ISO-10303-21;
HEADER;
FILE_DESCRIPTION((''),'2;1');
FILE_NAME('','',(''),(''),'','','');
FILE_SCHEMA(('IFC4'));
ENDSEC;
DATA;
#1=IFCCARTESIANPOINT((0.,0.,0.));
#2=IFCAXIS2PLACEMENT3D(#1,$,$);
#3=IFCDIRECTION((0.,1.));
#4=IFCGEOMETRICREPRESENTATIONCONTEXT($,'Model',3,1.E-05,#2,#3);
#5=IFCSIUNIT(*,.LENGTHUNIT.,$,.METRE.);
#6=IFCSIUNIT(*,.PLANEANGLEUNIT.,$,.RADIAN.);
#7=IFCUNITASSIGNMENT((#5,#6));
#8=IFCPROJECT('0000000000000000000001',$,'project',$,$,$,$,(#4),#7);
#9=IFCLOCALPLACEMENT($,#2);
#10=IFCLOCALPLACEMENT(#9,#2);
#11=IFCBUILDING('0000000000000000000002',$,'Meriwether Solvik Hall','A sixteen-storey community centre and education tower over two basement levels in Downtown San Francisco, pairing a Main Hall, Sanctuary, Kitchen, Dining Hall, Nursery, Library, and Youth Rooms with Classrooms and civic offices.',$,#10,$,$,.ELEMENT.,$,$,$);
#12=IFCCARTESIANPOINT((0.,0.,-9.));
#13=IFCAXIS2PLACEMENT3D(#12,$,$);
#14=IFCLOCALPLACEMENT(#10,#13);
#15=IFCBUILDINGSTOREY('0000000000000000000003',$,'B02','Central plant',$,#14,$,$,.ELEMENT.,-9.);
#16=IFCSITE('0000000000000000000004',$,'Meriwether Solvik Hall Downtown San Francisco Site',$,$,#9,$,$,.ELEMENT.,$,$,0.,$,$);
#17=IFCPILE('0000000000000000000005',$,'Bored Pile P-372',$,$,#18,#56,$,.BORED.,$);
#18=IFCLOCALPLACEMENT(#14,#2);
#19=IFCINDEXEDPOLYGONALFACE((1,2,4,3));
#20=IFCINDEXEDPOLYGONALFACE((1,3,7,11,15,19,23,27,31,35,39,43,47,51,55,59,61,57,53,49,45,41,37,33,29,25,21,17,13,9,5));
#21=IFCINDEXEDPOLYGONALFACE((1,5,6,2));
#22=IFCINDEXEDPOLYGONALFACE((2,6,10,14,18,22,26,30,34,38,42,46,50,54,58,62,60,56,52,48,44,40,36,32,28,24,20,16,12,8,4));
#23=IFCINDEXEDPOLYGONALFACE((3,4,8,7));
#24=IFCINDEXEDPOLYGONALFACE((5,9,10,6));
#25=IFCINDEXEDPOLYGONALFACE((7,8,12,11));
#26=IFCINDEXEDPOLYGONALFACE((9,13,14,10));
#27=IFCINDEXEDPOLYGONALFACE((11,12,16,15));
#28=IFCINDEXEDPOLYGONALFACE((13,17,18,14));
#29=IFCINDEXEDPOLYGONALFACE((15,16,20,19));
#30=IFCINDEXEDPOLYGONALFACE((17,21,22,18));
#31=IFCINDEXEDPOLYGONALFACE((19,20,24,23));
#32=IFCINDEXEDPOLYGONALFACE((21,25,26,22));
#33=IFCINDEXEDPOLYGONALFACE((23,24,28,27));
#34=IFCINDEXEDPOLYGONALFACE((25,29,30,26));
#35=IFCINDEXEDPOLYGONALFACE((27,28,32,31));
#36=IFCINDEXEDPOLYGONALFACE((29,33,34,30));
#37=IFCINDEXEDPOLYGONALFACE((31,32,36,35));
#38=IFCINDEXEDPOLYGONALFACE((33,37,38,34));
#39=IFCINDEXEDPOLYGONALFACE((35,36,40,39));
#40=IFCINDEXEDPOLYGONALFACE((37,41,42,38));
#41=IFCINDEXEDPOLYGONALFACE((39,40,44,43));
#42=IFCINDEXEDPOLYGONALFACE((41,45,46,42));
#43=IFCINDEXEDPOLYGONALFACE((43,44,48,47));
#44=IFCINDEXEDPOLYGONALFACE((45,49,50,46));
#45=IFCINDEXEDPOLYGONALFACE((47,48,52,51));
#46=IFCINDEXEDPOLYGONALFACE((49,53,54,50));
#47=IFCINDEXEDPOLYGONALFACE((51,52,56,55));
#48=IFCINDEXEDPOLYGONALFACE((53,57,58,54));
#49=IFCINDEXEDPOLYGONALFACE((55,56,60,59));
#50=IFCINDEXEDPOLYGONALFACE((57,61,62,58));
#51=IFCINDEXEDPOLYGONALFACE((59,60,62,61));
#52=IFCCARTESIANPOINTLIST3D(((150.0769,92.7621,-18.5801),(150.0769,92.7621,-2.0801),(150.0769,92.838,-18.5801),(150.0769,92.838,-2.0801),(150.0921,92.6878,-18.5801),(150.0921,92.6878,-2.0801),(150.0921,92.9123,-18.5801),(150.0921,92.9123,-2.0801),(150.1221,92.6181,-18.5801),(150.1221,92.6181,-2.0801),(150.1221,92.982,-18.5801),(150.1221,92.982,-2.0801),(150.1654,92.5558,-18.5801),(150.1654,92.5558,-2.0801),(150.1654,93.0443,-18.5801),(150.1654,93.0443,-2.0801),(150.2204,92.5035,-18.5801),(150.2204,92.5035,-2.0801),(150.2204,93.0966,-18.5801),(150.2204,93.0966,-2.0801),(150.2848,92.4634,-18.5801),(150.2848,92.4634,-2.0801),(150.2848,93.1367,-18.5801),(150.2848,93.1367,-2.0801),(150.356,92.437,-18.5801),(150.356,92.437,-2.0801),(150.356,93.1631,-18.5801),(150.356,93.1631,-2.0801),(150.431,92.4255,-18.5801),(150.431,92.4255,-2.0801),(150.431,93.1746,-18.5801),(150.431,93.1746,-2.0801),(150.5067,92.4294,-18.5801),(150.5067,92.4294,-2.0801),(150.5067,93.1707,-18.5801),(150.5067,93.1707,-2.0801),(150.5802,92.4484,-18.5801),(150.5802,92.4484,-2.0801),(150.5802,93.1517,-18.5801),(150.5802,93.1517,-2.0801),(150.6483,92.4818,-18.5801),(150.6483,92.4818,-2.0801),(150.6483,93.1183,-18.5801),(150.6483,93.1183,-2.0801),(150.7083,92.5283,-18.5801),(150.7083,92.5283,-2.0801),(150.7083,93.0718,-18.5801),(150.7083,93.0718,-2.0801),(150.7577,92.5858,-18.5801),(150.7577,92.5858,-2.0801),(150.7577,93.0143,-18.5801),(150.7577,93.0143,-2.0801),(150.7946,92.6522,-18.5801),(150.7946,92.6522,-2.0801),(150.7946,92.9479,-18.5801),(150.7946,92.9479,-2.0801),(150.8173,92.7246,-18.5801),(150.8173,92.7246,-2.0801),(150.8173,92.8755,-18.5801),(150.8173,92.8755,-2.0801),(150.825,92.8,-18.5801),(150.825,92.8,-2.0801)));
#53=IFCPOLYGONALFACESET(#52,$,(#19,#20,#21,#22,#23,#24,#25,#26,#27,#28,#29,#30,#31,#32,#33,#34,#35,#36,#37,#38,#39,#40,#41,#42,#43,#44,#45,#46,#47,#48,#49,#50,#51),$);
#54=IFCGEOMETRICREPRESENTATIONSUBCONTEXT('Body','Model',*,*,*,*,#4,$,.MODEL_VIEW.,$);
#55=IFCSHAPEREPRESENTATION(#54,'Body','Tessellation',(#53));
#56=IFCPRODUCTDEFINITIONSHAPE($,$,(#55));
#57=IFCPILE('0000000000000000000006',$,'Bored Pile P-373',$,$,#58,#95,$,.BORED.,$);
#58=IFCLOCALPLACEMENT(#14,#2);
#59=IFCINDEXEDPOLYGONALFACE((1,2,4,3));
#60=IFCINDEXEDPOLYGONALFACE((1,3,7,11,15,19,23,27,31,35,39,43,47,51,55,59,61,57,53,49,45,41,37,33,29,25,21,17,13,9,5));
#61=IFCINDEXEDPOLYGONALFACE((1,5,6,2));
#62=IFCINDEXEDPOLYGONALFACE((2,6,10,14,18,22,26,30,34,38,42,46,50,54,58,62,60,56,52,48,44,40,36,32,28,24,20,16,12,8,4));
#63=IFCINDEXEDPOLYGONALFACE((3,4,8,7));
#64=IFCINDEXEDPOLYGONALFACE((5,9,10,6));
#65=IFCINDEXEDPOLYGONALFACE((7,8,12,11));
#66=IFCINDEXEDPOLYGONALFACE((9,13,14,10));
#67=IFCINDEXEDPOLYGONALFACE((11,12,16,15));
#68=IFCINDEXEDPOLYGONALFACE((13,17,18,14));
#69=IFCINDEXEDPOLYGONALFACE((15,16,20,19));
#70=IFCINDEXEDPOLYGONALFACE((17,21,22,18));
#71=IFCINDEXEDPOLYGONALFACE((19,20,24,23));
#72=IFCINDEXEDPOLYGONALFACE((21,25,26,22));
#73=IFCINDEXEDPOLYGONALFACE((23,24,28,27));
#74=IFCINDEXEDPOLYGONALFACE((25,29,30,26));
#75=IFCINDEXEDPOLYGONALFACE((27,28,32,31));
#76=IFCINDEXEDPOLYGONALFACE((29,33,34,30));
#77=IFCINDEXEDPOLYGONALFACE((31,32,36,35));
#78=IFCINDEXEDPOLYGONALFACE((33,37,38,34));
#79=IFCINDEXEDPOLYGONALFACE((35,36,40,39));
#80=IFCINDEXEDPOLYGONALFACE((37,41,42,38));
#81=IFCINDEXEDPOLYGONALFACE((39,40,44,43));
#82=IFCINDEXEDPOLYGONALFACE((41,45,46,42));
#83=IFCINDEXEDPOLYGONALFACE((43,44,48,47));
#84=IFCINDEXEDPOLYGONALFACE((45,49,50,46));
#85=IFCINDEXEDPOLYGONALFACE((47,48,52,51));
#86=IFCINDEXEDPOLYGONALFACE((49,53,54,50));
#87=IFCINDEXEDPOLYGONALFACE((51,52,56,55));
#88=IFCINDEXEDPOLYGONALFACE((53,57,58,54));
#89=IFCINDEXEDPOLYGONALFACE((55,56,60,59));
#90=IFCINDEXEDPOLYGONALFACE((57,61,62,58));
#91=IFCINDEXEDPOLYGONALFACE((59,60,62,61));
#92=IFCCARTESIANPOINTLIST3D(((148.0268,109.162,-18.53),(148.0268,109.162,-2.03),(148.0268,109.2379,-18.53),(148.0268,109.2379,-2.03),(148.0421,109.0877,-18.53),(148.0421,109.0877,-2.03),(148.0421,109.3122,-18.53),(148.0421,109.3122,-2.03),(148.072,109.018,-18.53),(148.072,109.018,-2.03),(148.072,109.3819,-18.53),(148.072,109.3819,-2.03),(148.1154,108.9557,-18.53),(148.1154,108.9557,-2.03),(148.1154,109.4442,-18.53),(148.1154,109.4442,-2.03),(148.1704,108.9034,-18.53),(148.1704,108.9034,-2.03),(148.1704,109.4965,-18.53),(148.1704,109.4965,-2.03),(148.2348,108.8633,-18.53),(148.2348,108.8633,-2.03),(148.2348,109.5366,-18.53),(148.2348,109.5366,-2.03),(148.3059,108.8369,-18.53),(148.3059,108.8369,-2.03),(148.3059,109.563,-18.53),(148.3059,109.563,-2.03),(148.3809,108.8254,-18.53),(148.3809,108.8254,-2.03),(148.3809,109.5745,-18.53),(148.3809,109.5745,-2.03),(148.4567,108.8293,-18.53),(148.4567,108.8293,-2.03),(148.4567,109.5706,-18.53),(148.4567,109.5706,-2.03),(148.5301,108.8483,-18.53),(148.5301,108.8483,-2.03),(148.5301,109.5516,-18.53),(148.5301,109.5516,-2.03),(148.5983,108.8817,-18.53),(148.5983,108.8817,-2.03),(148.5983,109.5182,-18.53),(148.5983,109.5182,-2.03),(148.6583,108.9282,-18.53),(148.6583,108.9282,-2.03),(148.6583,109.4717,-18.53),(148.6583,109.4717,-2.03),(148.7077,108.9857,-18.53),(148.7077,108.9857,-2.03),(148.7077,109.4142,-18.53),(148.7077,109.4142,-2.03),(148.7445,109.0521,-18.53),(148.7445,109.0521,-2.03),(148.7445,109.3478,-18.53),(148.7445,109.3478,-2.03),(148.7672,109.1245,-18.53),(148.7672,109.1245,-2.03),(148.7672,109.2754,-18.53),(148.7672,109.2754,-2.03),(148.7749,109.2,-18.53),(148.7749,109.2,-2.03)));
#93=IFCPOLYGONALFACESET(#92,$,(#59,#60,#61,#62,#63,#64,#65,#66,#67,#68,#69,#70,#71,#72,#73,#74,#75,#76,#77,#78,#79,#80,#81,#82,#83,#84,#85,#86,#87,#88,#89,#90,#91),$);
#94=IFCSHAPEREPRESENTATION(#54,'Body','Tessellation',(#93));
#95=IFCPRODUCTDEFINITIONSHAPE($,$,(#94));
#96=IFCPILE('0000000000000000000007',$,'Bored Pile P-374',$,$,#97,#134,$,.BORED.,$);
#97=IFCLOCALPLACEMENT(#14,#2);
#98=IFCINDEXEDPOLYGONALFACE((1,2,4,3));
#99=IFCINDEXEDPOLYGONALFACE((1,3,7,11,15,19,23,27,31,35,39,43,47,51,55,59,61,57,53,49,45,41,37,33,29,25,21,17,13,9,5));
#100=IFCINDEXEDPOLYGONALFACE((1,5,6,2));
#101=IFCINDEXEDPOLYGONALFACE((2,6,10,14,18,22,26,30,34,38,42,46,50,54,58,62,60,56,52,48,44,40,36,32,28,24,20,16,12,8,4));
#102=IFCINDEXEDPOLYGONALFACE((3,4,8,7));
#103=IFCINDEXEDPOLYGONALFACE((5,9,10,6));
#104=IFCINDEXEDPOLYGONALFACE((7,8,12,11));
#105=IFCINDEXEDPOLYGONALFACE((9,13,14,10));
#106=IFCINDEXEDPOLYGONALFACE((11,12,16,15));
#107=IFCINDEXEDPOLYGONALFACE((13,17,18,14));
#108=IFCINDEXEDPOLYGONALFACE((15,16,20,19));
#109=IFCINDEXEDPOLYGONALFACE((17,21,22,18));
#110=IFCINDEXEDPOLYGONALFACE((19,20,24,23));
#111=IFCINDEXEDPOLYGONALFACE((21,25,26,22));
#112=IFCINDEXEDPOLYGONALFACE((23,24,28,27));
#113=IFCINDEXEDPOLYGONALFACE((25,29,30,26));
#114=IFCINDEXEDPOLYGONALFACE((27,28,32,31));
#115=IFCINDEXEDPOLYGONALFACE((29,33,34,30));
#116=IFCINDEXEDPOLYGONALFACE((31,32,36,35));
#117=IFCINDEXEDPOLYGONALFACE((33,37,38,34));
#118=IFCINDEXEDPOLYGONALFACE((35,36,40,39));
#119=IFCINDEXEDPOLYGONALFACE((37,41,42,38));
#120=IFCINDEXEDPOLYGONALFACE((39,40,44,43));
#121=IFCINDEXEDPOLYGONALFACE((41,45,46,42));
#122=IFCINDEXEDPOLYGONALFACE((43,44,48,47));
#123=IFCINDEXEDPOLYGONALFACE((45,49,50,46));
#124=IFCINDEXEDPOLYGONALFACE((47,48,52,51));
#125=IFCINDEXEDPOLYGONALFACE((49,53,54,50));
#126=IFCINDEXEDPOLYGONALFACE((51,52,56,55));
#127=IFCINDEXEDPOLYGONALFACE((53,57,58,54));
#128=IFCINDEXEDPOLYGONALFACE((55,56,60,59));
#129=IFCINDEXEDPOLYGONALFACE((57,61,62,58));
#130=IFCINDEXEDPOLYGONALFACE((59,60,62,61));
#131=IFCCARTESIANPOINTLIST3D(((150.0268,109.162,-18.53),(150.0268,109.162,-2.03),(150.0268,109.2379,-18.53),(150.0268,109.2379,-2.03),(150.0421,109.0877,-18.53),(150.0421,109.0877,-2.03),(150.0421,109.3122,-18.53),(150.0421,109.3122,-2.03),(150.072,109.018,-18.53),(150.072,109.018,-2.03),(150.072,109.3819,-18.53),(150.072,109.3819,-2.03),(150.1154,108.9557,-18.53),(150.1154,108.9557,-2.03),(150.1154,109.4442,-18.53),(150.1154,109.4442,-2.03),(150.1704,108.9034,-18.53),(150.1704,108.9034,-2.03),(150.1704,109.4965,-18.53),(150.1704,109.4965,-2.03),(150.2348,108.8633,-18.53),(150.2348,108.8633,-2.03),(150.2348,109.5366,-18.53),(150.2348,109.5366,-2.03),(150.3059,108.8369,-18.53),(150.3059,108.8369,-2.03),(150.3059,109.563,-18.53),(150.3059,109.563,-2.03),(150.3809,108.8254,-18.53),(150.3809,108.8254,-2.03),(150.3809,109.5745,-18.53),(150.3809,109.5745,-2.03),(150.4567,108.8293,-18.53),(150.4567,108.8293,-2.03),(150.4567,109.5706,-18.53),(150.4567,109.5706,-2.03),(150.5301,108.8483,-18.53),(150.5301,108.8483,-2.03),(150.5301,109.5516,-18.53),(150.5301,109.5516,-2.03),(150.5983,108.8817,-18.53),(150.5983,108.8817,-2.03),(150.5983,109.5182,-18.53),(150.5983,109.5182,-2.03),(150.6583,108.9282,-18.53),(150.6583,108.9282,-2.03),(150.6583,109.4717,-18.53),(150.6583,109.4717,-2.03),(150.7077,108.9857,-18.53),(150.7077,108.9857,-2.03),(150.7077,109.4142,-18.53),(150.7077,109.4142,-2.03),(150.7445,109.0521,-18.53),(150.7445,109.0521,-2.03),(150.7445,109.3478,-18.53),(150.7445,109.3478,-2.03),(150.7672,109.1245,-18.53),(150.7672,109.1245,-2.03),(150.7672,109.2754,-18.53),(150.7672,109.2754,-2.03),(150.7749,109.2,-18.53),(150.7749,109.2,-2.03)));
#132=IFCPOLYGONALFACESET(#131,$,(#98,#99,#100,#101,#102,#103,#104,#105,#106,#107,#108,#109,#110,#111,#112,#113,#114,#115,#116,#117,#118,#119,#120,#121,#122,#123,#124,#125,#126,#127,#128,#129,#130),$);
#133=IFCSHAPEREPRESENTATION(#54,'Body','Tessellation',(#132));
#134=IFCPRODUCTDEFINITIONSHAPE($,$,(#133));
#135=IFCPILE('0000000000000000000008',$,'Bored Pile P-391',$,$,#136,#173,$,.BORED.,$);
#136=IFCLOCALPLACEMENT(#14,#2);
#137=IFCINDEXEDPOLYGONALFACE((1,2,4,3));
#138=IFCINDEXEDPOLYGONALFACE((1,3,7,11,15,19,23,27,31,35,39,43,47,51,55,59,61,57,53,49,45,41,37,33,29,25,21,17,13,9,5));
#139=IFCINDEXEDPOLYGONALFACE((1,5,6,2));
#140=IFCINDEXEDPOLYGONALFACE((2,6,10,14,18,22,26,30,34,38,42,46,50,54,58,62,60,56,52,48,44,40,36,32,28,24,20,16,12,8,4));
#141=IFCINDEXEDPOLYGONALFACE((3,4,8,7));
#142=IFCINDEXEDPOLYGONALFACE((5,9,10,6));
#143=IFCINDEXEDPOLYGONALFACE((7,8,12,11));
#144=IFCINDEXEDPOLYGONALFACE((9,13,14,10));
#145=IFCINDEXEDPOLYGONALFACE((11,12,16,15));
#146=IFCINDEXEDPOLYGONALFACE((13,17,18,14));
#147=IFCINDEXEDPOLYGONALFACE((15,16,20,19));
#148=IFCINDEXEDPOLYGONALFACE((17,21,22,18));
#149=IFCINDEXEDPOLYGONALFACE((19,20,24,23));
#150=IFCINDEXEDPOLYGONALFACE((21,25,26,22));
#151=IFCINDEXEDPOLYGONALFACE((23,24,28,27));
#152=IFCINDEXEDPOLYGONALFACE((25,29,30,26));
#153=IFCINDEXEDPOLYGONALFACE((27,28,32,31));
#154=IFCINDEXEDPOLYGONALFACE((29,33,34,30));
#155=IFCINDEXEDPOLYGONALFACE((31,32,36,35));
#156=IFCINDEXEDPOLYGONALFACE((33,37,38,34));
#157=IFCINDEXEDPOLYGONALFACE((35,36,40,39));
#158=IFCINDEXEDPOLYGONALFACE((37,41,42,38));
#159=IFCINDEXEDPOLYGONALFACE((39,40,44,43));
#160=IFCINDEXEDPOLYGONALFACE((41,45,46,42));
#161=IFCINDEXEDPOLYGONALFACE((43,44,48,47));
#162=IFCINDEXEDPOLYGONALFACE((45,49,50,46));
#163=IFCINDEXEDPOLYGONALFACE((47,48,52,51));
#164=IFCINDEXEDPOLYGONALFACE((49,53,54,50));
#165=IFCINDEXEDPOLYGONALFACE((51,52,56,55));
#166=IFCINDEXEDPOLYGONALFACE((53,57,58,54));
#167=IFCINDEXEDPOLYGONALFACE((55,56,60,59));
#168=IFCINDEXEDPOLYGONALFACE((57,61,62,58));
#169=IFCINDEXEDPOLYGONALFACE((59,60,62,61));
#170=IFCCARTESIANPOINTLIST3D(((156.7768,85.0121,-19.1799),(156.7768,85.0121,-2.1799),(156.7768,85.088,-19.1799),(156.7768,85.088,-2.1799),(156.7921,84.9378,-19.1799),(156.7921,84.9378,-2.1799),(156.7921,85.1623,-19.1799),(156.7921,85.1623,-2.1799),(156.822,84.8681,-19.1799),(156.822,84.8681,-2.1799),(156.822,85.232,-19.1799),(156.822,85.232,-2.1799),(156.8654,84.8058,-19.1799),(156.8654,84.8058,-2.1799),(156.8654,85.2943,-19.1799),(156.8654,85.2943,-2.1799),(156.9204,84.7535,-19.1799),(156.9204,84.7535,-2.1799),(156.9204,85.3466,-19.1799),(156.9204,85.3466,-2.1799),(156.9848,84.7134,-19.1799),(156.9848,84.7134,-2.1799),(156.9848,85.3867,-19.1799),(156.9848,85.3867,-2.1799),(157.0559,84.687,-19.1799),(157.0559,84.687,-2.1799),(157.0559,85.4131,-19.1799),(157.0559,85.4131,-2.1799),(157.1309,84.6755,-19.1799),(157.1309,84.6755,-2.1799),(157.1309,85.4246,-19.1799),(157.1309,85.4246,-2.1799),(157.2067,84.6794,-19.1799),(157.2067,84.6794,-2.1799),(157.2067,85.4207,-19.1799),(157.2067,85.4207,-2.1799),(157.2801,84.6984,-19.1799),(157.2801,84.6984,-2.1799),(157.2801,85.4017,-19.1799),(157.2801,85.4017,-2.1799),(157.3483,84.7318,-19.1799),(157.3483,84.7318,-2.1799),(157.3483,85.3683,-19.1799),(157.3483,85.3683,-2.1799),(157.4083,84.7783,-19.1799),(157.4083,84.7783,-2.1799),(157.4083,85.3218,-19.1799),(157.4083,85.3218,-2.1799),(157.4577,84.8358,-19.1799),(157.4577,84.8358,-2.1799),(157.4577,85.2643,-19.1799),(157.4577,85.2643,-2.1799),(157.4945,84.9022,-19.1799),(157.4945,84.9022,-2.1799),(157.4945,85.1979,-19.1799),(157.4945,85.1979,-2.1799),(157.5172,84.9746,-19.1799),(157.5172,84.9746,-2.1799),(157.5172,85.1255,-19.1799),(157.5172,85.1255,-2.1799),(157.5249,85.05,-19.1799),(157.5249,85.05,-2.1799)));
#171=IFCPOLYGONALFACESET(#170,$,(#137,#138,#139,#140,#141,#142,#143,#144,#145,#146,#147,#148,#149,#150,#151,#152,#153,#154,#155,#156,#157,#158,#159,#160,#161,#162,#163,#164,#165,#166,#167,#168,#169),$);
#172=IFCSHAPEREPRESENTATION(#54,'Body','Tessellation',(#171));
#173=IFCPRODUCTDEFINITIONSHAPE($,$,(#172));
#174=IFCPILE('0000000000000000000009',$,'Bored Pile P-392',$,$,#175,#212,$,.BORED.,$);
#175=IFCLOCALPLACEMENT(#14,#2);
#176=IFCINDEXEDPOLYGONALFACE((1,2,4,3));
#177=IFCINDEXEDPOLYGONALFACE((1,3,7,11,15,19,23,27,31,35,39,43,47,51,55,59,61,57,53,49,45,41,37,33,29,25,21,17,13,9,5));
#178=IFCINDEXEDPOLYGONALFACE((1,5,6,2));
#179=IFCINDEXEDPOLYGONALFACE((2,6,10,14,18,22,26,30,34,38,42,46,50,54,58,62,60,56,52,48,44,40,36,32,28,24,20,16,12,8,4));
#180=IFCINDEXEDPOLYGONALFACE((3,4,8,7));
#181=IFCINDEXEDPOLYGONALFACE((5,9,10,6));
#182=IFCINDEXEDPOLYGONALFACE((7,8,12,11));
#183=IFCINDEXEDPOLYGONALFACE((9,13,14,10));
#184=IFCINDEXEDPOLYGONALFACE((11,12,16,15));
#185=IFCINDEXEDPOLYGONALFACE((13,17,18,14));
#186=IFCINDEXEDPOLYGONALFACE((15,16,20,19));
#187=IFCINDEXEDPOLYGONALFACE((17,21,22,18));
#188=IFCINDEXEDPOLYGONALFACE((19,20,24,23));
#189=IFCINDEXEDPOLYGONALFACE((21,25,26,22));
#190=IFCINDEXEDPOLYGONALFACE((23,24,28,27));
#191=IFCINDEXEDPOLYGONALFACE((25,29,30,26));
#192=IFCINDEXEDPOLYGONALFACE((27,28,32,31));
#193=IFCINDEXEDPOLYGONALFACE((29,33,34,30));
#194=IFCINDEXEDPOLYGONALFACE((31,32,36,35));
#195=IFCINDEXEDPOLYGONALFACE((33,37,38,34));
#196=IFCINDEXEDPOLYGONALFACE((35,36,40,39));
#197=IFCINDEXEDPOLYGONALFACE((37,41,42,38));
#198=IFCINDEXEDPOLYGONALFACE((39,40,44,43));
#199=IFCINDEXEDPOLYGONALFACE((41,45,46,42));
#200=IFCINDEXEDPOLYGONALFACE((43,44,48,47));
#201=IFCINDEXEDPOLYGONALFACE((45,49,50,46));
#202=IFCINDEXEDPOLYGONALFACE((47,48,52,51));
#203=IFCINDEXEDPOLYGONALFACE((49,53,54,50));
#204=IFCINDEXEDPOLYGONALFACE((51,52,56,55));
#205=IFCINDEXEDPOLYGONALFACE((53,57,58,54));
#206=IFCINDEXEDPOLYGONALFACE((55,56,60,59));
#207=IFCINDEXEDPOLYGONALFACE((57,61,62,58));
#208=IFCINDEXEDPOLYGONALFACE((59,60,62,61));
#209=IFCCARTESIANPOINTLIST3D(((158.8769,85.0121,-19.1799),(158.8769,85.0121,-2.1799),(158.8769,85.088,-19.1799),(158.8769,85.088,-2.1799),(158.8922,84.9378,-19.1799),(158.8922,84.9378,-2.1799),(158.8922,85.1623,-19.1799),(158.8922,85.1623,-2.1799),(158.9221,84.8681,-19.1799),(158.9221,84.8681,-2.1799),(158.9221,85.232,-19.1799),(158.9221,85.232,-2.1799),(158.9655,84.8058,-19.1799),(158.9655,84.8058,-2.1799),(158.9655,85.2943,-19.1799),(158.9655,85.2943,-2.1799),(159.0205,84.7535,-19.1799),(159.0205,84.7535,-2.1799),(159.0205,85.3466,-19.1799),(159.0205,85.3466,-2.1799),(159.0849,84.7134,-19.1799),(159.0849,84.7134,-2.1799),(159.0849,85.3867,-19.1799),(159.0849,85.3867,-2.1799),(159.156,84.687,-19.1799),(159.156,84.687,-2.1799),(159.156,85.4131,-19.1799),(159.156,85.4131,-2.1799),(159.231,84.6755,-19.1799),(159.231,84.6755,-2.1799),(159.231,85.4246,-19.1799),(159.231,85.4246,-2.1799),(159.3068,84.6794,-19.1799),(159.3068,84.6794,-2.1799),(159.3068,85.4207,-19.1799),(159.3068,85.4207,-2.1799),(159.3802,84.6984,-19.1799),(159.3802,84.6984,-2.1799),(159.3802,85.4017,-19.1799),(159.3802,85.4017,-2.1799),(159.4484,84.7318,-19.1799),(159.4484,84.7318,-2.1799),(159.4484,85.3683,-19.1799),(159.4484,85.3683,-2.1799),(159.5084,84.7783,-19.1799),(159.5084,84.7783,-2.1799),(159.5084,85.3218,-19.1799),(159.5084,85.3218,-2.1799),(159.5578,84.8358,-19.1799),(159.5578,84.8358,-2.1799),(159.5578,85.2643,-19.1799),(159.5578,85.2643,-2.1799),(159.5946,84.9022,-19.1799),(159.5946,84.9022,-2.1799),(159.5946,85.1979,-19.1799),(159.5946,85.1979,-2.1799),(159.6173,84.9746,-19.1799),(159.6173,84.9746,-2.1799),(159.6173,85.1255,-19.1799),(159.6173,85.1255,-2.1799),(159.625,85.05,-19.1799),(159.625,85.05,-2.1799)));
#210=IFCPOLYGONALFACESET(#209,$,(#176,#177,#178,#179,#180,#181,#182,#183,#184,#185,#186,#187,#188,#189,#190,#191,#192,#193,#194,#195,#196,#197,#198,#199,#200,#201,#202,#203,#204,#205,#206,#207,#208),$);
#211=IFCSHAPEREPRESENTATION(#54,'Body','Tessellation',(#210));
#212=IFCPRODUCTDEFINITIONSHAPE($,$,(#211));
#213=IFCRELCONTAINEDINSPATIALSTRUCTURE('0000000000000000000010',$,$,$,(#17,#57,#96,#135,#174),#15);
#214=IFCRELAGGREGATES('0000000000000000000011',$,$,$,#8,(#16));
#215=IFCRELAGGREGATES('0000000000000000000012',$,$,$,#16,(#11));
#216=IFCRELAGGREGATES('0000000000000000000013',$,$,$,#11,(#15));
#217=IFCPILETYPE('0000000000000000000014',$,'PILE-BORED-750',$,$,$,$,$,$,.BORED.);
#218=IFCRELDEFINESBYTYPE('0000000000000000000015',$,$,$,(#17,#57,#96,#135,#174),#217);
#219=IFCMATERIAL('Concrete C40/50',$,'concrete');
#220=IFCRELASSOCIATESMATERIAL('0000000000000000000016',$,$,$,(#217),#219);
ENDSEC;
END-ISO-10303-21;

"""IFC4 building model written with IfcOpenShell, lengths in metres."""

from ifc_helpers import new_model, si_unit, direction, frame, origin, origin_2d, place, context, subcontext, project, spatial, circle, extrude, material, material_profile, profile_set, type_object, element, save


model = new_model("IFC4")

# Units and contexts
model_context = context("Model", 3, precision=1e-05, world=origin(), true_north=direction((0.0, 1.0)))
body_context = subcontext(model_context, "Body", "Model", "MODEL_VIEW")
ifc_project = project(units=[si_unit("LENGTHUNIT", "METRE"), si_unit("PLANEANGLEUNIT", "RADIAN")], contexts=[model_context])

# Site, building, storey
site_placement = place(None, origin())
site = spatial("IfcSite", under=ifc_project, at=site_placement, Name="Meriwether Solvik Hall Downtown San Francisco Site", CompositionType="ELEMENT", RefElevation=0.0)
building_placement = place(site_placement, origin())
building = spatial("IfcBuilding", under=site, at=building_placement, Name="Meriwether Solvik Hall", Description="A sixteen-storey community centre and education tower over two basement levels in Downtown San Francisco, pairing a Main Hall, Sanctuary, Kitchen, Dining Hall, Nursery, Library, and Youth Rooms with Classrooms and civic offices.", CompositionType="ELEMENT")
storey_placement = place(building_placement, frame((0.0, 0.0, -9.0)))
storey = spatial("IfcBuildingStorey", under=building, at=storey_placement, Name="B02", Description="Central plant", CompositionType="ELEMENT", Elevation=-9.0)

# Piles
ifc_material_1 = material(Name="Concrete C40/50", Category="concrete")
ifc_material_profile_1 = material_profile(ifc_material_1, circle(Radius=0.375, at=origin_2d()), Name="PILE-D750")
ifc_profile_set_1 = profile_set([ifc_material_profile_1], Name="Concrete C40/50")
pile_type = type_object("IfcPileType", Name="PILE-BORED-750", PredefinedType="BORED", material=ifc_profile_set_1)
for number, where, z_axis, x_axis, name in (
    (1, (150.45, 92.8, -2.0801), (0.0, 0.0, -1.0), (1.0, 0.0, 0.0), "Bored Pile P-372"),
    (2, (148.3999, 109.2, -2.03), (0.0, 0.0, -1.0), (1.0, 0.0, 0.0), "Bored Pile P-373"),
    (3, (150.3999, 109.2, -2.03), (0.0, 0.0, -1.0), (1.0, 0.0, 0.0), "Bored Pile P-374"),
):
    element("IfcPile", number, at=place(storey_placement, frame(where, z_axis=z_axis, x_axis=x_axis)), inside=storey, type_object=pile_type, Name=name, PredefinedType="BORED", context=body_context, shape_type="SweptSolid", body=[
        extrude(circle(Radius=0.375, at=origin_2d()), origin(), (0.0, 0.0, 1.0), 16.5),
    ])
for number, where, z_axis, x_axis, name in (
    (4, (157.1499, 85.05, -2.1799), (0.0, 0.0, -1.0), (1.0, 0.0, 0.0), "Bored Pile P-391"),
    (5, (159.25, 85.05, -2.1799), (0.0, 0.0, -1.0), (1.0, 0.0, 0.0), "Bored Pile P-392"),
):
    element("IfcPile", number, at=place(storey_placement, frame(where, z_axis=z_axis, x_axis=x_axis)), inside=storey, type_object=pile_type, Name=name, PredefinedType="BORED", context=body_context, shape_type="SweptSolid", body=[
        extrude(circle(Radius=0.375, at=origin_2d()), origin(), (0.0, 0.0, 1.0), 17.0),
    ])

save(model, "model.ifc")
